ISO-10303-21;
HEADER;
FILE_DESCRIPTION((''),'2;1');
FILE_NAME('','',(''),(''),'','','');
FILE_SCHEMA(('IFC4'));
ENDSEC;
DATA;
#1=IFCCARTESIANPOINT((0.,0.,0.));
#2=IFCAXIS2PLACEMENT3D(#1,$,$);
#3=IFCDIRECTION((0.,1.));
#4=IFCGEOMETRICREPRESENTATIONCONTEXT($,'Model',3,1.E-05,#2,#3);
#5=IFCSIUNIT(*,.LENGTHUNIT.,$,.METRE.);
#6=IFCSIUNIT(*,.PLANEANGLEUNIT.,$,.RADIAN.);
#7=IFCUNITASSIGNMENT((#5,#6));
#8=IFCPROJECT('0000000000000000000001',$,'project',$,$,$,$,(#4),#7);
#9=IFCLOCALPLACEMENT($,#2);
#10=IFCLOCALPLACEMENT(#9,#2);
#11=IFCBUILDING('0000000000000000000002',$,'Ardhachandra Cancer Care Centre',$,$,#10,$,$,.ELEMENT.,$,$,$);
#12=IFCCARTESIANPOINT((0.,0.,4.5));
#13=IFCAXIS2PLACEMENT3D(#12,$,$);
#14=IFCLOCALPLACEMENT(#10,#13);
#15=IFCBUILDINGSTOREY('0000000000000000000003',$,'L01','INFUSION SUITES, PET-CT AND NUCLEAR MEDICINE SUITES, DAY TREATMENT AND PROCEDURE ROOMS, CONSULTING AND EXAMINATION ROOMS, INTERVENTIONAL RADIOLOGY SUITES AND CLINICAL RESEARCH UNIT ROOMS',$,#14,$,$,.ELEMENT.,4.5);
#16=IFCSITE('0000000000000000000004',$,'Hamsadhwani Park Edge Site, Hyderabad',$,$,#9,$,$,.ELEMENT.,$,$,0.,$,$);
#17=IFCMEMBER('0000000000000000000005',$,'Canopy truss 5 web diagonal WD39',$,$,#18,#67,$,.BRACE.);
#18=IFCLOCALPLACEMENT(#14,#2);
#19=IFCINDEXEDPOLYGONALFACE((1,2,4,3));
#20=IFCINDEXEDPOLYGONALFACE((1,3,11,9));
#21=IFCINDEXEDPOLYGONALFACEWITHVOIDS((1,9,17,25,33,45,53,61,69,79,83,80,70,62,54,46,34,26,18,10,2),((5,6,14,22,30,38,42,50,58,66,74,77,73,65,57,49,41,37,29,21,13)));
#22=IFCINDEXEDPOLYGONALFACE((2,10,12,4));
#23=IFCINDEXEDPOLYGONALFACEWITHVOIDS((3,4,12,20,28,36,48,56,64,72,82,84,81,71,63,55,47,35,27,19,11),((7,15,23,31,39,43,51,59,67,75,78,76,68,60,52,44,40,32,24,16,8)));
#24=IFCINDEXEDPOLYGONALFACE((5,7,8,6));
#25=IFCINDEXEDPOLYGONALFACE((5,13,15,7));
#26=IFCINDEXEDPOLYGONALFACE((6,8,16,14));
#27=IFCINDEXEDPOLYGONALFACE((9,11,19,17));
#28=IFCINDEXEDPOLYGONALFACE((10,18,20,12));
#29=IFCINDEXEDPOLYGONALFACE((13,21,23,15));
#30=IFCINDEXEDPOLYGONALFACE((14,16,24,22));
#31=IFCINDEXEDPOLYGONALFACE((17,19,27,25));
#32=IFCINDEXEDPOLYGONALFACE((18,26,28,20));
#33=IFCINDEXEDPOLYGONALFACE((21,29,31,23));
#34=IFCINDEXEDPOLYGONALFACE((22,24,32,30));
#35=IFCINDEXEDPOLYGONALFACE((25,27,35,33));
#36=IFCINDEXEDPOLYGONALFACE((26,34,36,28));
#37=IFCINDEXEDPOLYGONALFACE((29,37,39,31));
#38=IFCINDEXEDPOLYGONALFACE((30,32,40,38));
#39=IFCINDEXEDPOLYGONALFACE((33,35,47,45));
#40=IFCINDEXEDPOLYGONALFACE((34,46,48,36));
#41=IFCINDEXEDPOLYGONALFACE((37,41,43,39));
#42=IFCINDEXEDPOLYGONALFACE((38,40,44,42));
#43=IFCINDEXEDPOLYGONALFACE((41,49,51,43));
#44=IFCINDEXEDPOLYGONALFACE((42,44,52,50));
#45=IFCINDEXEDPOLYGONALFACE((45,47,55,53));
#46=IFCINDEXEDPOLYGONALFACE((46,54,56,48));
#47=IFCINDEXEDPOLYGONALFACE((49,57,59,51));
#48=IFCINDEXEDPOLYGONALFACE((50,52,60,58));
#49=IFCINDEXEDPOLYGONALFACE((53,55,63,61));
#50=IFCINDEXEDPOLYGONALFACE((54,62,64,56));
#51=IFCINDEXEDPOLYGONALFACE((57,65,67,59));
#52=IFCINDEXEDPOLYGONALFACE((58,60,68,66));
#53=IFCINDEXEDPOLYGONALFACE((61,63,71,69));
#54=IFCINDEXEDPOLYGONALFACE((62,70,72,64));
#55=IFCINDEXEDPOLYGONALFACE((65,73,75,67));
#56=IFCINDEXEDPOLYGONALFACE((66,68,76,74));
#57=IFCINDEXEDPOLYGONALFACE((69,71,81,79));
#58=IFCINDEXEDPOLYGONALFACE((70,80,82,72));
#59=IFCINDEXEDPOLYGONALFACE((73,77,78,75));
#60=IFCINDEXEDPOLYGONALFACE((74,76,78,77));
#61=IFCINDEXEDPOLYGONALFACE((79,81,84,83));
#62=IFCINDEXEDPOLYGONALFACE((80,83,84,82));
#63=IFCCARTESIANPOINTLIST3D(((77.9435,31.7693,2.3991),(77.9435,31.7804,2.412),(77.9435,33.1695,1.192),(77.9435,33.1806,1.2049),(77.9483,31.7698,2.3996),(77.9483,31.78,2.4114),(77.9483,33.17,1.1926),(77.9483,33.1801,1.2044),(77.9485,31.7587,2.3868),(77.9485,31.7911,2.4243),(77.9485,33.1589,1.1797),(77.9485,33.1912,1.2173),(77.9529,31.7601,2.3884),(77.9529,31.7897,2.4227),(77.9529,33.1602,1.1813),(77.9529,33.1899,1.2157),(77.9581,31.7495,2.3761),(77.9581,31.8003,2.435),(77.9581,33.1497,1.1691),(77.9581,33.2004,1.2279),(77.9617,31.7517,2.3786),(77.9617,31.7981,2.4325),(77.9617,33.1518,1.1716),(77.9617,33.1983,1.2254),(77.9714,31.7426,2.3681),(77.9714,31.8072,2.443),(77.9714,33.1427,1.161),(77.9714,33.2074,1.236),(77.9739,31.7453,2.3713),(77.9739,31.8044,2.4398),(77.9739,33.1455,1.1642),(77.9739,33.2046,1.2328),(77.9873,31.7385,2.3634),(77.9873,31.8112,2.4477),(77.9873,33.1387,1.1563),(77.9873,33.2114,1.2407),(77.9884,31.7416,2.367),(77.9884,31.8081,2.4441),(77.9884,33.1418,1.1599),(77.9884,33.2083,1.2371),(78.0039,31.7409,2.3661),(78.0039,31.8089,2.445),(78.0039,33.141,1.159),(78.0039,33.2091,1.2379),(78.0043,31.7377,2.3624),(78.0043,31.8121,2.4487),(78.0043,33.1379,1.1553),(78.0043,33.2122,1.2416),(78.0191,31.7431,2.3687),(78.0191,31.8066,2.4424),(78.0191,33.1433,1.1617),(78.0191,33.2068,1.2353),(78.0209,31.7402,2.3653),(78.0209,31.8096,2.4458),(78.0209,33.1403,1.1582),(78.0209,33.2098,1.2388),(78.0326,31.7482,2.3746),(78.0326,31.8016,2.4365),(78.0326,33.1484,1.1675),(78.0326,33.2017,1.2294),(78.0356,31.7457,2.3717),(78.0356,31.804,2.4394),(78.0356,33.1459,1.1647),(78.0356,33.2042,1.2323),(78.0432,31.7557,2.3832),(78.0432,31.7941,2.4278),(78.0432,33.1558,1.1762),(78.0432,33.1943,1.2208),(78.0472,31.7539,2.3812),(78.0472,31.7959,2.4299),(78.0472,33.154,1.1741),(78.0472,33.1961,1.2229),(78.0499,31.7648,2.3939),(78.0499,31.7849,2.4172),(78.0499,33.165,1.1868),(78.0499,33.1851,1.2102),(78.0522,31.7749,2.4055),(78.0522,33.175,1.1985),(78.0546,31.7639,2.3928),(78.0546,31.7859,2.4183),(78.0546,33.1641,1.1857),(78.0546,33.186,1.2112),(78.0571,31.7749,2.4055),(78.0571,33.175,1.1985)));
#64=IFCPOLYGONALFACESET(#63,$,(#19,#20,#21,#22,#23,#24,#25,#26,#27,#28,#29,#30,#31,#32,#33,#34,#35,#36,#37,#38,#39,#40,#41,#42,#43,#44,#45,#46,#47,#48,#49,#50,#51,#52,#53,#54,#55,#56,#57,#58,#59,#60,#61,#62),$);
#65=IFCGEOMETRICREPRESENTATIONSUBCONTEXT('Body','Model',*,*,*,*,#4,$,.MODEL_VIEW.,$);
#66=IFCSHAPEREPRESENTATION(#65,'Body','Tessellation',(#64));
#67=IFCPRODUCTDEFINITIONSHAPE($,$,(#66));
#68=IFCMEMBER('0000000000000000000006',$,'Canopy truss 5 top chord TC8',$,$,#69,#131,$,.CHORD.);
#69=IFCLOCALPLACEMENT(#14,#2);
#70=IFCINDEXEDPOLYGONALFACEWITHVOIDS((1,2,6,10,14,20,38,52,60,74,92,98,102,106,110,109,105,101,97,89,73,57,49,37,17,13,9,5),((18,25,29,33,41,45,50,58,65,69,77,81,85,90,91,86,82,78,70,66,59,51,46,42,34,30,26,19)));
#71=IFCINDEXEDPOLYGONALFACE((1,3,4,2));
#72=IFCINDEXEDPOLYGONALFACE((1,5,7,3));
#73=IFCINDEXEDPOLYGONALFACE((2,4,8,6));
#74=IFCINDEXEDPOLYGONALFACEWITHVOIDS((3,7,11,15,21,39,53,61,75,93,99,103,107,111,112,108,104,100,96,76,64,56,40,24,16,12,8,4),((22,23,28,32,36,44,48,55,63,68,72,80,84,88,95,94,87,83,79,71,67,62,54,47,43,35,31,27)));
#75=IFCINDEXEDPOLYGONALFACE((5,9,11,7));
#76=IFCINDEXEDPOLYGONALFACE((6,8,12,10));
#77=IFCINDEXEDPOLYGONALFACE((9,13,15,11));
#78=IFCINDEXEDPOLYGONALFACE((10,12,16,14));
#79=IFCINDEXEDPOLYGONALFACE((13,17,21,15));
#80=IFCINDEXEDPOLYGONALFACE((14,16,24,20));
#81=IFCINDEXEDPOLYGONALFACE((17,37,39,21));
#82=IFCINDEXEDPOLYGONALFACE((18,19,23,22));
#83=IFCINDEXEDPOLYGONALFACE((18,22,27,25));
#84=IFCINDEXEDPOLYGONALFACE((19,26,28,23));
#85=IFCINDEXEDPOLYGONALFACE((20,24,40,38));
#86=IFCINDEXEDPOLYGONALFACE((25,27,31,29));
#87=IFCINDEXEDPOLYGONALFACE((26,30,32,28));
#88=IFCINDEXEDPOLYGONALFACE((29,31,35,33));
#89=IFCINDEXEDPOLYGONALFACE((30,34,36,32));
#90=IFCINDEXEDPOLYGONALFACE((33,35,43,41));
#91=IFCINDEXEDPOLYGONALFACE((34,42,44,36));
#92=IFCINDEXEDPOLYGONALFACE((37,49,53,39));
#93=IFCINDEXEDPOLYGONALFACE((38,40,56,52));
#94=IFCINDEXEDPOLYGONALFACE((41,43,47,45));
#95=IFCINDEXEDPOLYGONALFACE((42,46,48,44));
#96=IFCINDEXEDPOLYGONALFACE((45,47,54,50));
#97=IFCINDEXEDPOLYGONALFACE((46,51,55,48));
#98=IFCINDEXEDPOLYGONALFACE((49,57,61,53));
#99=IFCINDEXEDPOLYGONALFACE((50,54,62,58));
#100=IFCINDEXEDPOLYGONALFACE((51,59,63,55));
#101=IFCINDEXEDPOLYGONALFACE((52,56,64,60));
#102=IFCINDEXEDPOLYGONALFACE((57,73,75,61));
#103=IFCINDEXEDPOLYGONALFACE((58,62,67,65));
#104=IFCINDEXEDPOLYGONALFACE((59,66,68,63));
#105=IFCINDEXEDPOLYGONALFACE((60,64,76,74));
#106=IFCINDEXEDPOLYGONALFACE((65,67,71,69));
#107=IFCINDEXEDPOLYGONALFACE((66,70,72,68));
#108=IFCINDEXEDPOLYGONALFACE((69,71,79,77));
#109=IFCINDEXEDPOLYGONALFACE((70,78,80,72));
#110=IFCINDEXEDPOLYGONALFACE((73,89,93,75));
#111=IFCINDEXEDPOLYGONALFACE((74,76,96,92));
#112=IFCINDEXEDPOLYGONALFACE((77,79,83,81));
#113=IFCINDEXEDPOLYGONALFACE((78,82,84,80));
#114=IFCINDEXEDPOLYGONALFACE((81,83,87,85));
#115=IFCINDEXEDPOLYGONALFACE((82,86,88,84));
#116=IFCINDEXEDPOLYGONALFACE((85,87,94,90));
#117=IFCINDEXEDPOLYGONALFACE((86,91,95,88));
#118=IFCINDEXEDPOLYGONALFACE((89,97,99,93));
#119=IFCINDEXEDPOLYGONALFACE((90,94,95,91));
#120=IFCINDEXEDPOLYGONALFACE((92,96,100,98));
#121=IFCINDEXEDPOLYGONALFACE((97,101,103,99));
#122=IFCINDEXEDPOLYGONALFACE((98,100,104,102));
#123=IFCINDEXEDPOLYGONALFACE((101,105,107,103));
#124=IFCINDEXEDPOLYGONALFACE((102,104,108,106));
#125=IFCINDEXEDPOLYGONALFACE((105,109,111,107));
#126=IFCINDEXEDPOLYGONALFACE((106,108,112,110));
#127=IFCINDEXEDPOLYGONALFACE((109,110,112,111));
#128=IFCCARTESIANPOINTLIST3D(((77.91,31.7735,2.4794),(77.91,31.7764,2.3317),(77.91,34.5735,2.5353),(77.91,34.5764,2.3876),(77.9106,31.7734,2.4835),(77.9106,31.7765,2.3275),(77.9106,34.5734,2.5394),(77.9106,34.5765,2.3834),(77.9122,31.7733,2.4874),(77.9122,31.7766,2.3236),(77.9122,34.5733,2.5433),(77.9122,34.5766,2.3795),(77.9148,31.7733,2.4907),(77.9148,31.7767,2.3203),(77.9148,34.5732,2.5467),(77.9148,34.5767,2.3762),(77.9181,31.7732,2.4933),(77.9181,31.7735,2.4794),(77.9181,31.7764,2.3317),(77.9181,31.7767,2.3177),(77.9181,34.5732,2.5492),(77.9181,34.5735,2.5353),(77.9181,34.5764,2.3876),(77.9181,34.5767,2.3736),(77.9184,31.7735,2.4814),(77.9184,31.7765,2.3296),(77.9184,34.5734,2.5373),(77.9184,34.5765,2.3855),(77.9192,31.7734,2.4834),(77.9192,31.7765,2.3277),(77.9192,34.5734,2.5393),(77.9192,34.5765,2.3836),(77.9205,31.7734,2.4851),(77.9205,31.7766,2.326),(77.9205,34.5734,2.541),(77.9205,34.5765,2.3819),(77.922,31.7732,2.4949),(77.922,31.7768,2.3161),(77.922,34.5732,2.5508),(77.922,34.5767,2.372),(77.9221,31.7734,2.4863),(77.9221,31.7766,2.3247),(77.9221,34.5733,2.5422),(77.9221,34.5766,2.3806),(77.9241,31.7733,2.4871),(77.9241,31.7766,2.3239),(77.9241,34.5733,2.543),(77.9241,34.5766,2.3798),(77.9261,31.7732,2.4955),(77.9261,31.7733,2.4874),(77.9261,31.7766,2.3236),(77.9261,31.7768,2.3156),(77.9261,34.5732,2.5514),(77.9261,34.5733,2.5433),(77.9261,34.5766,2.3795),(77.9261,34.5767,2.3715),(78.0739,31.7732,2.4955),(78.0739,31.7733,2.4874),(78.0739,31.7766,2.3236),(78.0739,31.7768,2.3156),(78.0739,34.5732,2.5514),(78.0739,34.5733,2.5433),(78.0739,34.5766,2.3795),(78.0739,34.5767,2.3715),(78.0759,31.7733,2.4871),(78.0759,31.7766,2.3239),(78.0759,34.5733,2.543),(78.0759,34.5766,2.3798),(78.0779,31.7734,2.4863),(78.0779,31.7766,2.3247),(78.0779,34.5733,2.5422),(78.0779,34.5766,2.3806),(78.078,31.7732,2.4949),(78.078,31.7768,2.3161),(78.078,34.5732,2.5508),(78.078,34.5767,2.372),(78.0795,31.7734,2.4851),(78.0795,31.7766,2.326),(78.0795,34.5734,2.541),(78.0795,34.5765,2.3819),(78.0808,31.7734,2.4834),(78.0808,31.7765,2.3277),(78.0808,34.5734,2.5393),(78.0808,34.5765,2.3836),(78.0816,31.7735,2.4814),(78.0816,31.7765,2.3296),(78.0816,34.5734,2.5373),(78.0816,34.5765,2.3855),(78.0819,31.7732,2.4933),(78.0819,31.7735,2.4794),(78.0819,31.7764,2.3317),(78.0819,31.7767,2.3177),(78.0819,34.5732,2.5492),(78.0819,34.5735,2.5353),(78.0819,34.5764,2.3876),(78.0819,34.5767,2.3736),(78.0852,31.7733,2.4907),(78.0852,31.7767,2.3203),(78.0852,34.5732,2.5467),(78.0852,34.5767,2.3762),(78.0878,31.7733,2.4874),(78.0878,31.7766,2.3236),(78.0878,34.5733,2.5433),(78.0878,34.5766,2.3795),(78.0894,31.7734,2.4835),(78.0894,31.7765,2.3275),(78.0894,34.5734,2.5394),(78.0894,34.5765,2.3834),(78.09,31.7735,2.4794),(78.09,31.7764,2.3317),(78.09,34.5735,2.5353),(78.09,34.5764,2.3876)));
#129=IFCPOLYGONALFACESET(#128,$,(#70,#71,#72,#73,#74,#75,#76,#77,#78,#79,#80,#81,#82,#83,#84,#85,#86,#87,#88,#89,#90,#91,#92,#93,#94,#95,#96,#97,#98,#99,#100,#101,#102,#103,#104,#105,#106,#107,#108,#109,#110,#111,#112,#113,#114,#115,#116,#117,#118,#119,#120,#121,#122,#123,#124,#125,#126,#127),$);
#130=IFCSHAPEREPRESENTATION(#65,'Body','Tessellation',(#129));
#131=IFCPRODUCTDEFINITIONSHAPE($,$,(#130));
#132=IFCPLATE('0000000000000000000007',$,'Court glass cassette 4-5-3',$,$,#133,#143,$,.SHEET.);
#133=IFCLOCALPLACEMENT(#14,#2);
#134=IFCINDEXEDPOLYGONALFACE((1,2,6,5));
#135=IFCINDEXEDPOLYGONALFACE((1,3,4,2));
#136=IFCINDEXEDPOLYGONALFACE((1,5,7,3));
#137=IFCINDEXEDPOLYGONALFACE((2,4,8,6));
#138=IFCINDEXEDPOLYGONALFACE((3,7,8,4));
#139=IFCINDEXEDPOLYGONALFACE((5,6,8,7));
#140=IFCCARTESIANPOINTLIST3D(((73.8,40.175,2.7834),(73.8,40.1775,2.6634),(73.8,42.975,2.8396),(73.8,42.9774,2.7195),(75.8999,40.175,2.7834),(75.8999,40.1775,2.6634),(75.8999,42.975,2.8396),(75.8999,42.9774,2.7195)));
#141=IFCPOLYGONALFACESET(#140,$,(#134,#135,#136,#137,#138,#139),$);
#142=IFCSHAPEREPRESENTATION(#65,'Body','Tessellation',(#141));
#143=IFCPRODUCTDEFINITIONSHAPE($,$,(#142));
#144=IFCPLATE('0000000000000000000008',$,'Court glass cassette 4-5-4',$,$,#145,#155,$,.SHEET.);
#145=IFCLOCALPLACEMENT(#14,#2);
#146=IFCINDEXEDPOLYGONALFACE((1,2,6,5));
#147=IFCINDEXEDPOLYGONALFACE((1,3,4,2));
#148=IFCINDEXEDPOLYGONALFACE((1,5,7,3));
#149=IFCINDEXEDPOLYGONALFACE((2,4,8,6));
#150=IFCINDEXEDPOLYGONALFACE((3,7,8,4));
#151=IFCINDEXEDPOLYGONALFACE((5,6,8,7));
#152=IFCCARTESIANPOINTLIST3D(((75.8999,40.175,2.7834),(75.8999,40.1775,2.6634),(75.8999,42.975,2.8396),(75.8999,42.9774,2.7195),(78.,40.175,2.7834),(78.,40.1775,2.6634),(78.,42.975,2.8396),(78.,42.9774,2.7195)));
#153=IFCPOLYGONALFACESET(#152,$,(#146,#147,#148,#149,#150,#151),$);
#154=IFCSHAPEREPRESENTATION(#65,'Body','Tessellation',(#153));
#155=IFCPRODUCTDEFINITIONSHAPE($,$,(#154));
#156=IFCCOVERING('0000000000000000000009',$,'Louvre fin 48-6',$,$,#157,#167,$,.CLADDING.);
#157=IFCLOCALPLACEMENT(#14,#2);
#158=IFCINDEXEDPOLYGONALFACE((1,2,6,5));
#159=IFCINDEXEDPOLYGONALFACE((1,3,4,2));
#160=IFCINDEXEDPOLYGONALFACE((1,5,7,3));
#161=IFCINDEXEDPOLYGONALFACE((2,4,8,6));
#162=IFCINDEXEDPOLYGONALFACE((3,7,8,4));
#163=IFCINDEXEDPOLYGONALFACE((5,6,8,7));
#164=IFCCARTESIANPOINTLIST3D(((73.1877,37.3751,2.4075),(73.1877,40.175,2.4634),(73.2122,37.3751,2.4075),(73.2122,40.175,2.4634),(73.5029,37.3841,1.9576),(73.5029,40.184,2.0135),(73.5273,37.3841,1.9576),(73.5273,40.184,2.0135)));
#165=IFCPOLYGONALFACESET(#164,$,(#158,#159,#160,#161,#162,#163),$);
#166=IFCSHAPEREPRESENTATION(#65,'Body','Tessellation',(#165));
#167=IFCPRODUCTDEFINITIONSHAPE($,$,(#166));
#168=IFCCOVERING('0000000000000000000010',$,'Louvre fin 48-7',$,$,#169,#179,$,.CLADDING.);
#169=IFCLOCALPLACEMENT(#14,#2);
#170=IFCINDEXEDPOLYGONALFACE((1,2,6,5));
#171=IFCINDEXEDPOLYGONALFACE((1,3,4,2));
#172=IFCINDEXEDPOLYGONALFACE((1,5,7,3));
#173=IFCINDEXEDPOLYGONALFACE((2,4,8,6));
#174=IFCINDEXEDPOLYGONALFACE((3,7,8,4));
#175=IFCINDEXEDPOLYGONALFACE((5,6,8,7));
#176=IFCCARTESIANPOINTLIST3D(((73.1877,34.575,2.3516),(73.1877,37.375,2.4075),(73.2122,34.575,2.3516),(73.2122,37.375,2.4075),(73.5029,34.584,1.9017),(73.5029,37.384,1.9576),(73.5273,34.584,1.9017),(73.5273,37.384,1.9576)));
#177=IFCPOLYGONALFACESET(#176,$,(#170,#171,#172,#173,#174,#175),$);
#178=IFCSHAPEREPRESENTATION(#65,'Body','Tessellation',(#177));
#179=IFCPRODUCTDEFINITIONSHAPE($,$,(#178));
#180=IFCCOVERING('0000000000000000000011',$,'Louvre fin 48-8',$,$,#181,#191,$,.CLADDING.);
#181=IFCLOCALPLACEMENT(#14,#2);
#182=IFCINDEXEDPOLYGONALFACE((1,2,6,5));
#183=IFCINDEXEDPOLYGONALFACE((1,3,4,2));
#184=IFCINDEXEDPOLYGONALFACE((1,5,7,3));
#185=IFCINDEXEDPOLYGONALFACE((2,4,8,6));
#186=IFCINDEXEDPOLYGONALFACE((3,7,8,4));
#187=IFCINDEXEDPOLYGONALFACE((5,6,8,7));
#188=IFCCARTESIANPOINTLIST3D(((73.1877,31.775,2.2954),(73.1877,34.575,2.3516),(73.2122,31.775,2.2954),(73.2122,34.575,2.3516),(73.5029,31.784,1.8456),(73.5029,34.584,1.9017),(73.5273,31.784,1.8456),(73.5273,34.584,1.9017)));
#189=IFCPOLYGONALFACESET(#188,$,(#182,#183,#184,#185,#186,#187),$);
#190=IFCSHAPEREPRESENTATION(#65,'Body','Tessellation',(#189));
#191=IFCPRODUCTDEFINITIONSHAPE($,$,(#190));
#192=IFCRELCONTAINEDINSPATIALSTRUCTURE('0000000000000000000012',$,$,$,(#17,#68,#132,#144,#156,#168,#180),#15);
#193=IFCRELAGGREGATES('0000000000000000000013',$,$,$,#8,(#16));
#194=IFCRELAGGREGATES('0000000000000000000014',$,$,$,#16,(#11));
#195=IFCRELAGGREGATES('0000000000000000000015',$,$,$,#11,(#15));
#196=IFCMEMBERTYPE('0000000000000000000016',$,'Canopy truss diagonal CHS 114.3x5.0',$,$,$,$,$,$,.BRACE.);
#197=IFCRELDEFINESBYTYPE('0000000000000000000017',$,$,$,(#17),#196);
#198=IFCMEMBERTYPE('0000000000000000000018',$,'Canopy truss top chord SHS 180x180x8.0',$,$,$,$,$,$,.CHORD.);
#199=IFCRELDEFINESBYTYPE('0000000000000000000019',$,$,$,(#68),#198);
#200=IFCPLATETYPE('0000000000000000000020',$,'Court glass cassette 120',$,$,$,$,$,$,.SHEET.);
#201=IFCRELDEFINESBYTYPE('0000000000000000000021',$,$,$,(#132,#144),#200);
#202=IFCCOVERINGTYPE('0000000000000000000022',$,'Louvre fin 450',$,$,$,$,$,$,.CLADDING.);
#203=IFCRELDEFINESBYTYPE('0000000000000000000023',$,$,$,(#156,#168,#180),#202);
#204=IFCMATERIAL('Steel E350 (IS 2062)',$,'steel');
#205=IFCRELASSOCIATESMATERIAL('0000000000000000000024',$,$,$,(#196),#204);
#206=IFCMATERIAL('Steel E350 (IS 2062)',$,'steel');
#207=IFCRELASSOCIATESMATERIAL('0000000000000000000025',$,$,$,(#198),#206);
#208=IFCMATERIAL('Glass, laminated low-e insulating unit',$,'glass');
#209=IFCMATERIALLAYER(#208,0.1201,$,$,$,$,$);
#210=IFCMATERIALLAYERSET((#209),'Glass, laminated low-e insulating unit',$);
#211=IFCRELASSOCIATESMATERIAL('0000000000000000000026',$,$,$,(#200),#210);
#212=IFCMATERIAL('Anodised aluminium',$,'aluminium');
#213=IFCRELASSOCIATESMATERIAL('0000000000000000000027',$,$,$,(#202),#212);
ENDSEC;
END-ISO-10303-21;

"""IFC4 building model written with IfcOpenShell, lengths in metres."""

from ifc_helpers import new_model, si_unit, direction, frame, origin, origin_2d, place, context, subcontext, project, spatial, polyline, hollow_rectangle, hollow_circle, outline, extrude, material, layer, layer_set, material_profile, profile_set, type_object, element, save


model = new_model("IFC4")

# Units and contexts
model_context = context("Model", 3, precision=1e-05, world=origin(), true_north=direction((0.0, 1.0)))
body_context = subcontext(model_context, "Body", "Model", "MODEL_VIEW")
ifc_project = project(units=[si_unit("LENGTHUNIT", "METRE"), si_unit("PLANEANGLEUNIT", "RADIAN")], contexts=[model_context])

# Site, building, storey
site_placement = place(None, origin())
site = spatial("IfcSite", under=ifc_project, at=site_placement, Name="Hamsadhwani Park Edge Site, Hyderabad", CompositionType="ELEMENT", RefElevation=0.0)
building_placement = place(site_placement, origin())
building = spatial("IfcBuilding", under=site, at=building_placement, Name="Ardhachandra Cancer Care Centre", CompositionType="ELEMENT")
storey_placement = place(building_placement, frame((0.0, 0.0, 4.5)))
storey = spatial("IfcBuildingStorey", under=building, at=storey_placement, Name="L01", Description="INFUSION SUITES, PET-CT AND NUCLEAR MEDICINE SUITES, DAY TREATMENT AND PROCEDURE ROOMS, CONSULTING AND EXAMINATION ROOMS, INTERVENTIONAL RADIOLOGY SUITES AND CLINICAL RESEARCH UNIT ROOMS", CompositionType="ELEMENT", Elevation=4.5)

# Members
ifc_material_1 = material(Name="Steel E350 (IS 2062)", Category="steel")
ifc_material_profile_1 = material_profile(ifc_material_1, hollow_circle(Radius=0.0571, WallThickness=0.0049, at=origin_2d()), Name="CHS 114.3x5.0")
ifc_profile_set_1 = profile_set([ifc_material_profile_1], Name="Steel E350 (IS 2062)")
member_type_1 = type_object("IfcMemberType", Name="Canopy truss diagonal CHS 114.3x5.0", PredefinedType="BRACE", material=ifc_profile_set_1)
member_1_placement = place(storey_placement, frame((78.0, 33.175, 1.1985), z_axis=(0.0, -0.757408, 0.652942), x_axis=(1.0, 0.0, 0.0)))
element("IfcMember", 1, at=member_1_placement, inside=storey, type_object=member_type_1, Name="Canopy truss 5 web diagonal WD39", PredefinedType="BRACE", context=body_context, shape_type="SweptSolid", body=[
    extrude(hollow_circle(Radius=0.0571, WallThickness=0.0049, at=origin_2d()), origin(), (0.0, 0.0, 1.0), 1.8486),
])
ifc_material_2 = material(Name="Steel E350 (IS 2062)", Category="steel")
ifc_material_profile_2 = material_profile(ifc_material_2, hollow_rectangle(XDim=0.1799, YDim=0.1799, WallThickness=0.0081, InnerFilletRadius=0.0081, OuterFilletRadius=0.0161, at=origin_2d()), Name="SHS 180x180x8.0")
ifc_profile_set_2 = profile_set([ifc_material_profile_2], Name="Steel E350 (IS 2062)")
member_type_2 = type_object("IfcMemberType", Name="Canopy truss top chord SHS 180x180x8.0", PredefinedType="CHORD", material=ifc_profile_set_2)
member_2_placement = place(storey_placement, frame((78.0, 34.575, 2.4614), z_axis=(0.0, -0.999801, -0.019963), x_axis=(1.0, 0.0, 0.0)))
element("IfcMember", 2, at=member_2_placement, inside=storey, type_object=member_type_2, Name="Canopy truss 5 top chord TC8", PredefinedType="CHORD", context=body_context, shape_type="SweptSolid", body=[
    extrude(hollow_rectangle(XDim=0.1799, YDim=0.1799, WallThickness=0.0081, InnerFilletRadius=0.0081, OuterFilletRadius=0.0161, at=origin_2d()), origin(), (0.0, 0.0, 1.0), 2.8005),
])

# Plates
ifc_material_3 = material(Name="Glass, laminated low-e insulating unit", Category="glass")
ifc_layer = layer(ifc_material_3, 0.1201)
ifc_layer_set = layer_set([ifc_layer], Name="Glass, laminated low-e insulating unit")
plate_type = type_object("IfcPlateType", Name="Court glass cassette 120", PredefinedType="SHEET", material=ifc_layer_set)
plate_1_placement = place(storey_placement, frame((73.8, 40.175, 2.7834), z_axis=(0.0, -0.02005, 0.999799), x_axis=(0.0, 0.999799, 0.02005)))
element("IfcPlate", 3, at=plate_1_placement, inside=storey, type_object=plate_type, Name="Court glass cassette 4-5-3", PredefinedType="SHEET", context=body_context, shape_type="SweptSolid", body=[
    extrude(outline(polyline([(0.0, -2.0999), (2.8005, -2.0999), (2.8005, 0.0), (0.0, 0.0), (0.0, -2.0999)])), frame((0.0, 0.0, -0.1201)), (0.0, 0.0, 1.0), 0.1201),
])
plate_2_placement = place(storey_placement, frame((75.8999, 40.175, 2.7834), z_axis=(0.0, -0.02005, 0.999799), x_axis=(0.0, 0.999799, 0.02005)))
element("IfcPlate", 4, at=plate_2_placement, inside=storey, type_object=plate_type, Name="Court glass cassette 4-5-4", PredefinedType="SHEET", context=body_context, shape_type="SweptSolid", body=[
    extrude(outline(polyline([(0.0, -2.1001), (2.8005, -2.1001), (2.8005, 0.0), (0.0, 0.0), (0.0, -2.1001)])), frame((0.0, 0.0, -0.1201)), (0.0, 0.0, 1.0), 0.1201),
])

# Coverings
ifc_material_4 = material(Name="Anodised aluminium", Category="aluminium")
ifc_material_profile_3 = material_profile(ifc_material_4, outline(polyline([(-0.0122, 0.0), (0.0122, 0.0), (0.3274, -0.45), (0.303, -0.45), (-0.0122, 0.0)])), Name="Louvre fin 450")
ifc_profile_set_3 = profile_set([ifc_material_profile_3], Name="Anodised aluminium")
covering_type = type_object("IfcCoveringType", Name="Louvre fin 450", PredefinedType="CLADDING", material=ifc_profile_set_3)
for number, where, z_axis, x_axis, name in (
    (5, (73.2, 40.175, 2.4634), (0.0, -0.999801, -0.019963), (1.0, 0.0, 0.0), "Louvre fin 48-6"),
    (6, (73.2, 37.375, 2.4075), (0.0, -0.999801, -0.019963), (1.0, 0.0, 0.0), "Louvre fin 48-7"),
    (7, (73.2, 34.575, 2.3516), (0.0, -0.999799, -0.02005), (1.0, 0.0, 0.0), "Louvre fin 48-8"),
):
    element("IfcCovering", number, at=place(storey_placement, frame(where, z_axis=z_axis, x_axis=x_axis)), inside=storey, type_object=covering_type, Name=name, PredefinedType="CLADDING", context=body_context, shape_type="SweptSolid", body=[
        extrude(outline(polyline([(-0.0122, 0.0), (0.0122, 0.0), (0.3274, -0.45), (0.303, -0.45), (-0.0122, 0.0)])), origin(), (0.0, 0.0, 1.0), 2.8005),
    ])

save(model, "model.ifc")
